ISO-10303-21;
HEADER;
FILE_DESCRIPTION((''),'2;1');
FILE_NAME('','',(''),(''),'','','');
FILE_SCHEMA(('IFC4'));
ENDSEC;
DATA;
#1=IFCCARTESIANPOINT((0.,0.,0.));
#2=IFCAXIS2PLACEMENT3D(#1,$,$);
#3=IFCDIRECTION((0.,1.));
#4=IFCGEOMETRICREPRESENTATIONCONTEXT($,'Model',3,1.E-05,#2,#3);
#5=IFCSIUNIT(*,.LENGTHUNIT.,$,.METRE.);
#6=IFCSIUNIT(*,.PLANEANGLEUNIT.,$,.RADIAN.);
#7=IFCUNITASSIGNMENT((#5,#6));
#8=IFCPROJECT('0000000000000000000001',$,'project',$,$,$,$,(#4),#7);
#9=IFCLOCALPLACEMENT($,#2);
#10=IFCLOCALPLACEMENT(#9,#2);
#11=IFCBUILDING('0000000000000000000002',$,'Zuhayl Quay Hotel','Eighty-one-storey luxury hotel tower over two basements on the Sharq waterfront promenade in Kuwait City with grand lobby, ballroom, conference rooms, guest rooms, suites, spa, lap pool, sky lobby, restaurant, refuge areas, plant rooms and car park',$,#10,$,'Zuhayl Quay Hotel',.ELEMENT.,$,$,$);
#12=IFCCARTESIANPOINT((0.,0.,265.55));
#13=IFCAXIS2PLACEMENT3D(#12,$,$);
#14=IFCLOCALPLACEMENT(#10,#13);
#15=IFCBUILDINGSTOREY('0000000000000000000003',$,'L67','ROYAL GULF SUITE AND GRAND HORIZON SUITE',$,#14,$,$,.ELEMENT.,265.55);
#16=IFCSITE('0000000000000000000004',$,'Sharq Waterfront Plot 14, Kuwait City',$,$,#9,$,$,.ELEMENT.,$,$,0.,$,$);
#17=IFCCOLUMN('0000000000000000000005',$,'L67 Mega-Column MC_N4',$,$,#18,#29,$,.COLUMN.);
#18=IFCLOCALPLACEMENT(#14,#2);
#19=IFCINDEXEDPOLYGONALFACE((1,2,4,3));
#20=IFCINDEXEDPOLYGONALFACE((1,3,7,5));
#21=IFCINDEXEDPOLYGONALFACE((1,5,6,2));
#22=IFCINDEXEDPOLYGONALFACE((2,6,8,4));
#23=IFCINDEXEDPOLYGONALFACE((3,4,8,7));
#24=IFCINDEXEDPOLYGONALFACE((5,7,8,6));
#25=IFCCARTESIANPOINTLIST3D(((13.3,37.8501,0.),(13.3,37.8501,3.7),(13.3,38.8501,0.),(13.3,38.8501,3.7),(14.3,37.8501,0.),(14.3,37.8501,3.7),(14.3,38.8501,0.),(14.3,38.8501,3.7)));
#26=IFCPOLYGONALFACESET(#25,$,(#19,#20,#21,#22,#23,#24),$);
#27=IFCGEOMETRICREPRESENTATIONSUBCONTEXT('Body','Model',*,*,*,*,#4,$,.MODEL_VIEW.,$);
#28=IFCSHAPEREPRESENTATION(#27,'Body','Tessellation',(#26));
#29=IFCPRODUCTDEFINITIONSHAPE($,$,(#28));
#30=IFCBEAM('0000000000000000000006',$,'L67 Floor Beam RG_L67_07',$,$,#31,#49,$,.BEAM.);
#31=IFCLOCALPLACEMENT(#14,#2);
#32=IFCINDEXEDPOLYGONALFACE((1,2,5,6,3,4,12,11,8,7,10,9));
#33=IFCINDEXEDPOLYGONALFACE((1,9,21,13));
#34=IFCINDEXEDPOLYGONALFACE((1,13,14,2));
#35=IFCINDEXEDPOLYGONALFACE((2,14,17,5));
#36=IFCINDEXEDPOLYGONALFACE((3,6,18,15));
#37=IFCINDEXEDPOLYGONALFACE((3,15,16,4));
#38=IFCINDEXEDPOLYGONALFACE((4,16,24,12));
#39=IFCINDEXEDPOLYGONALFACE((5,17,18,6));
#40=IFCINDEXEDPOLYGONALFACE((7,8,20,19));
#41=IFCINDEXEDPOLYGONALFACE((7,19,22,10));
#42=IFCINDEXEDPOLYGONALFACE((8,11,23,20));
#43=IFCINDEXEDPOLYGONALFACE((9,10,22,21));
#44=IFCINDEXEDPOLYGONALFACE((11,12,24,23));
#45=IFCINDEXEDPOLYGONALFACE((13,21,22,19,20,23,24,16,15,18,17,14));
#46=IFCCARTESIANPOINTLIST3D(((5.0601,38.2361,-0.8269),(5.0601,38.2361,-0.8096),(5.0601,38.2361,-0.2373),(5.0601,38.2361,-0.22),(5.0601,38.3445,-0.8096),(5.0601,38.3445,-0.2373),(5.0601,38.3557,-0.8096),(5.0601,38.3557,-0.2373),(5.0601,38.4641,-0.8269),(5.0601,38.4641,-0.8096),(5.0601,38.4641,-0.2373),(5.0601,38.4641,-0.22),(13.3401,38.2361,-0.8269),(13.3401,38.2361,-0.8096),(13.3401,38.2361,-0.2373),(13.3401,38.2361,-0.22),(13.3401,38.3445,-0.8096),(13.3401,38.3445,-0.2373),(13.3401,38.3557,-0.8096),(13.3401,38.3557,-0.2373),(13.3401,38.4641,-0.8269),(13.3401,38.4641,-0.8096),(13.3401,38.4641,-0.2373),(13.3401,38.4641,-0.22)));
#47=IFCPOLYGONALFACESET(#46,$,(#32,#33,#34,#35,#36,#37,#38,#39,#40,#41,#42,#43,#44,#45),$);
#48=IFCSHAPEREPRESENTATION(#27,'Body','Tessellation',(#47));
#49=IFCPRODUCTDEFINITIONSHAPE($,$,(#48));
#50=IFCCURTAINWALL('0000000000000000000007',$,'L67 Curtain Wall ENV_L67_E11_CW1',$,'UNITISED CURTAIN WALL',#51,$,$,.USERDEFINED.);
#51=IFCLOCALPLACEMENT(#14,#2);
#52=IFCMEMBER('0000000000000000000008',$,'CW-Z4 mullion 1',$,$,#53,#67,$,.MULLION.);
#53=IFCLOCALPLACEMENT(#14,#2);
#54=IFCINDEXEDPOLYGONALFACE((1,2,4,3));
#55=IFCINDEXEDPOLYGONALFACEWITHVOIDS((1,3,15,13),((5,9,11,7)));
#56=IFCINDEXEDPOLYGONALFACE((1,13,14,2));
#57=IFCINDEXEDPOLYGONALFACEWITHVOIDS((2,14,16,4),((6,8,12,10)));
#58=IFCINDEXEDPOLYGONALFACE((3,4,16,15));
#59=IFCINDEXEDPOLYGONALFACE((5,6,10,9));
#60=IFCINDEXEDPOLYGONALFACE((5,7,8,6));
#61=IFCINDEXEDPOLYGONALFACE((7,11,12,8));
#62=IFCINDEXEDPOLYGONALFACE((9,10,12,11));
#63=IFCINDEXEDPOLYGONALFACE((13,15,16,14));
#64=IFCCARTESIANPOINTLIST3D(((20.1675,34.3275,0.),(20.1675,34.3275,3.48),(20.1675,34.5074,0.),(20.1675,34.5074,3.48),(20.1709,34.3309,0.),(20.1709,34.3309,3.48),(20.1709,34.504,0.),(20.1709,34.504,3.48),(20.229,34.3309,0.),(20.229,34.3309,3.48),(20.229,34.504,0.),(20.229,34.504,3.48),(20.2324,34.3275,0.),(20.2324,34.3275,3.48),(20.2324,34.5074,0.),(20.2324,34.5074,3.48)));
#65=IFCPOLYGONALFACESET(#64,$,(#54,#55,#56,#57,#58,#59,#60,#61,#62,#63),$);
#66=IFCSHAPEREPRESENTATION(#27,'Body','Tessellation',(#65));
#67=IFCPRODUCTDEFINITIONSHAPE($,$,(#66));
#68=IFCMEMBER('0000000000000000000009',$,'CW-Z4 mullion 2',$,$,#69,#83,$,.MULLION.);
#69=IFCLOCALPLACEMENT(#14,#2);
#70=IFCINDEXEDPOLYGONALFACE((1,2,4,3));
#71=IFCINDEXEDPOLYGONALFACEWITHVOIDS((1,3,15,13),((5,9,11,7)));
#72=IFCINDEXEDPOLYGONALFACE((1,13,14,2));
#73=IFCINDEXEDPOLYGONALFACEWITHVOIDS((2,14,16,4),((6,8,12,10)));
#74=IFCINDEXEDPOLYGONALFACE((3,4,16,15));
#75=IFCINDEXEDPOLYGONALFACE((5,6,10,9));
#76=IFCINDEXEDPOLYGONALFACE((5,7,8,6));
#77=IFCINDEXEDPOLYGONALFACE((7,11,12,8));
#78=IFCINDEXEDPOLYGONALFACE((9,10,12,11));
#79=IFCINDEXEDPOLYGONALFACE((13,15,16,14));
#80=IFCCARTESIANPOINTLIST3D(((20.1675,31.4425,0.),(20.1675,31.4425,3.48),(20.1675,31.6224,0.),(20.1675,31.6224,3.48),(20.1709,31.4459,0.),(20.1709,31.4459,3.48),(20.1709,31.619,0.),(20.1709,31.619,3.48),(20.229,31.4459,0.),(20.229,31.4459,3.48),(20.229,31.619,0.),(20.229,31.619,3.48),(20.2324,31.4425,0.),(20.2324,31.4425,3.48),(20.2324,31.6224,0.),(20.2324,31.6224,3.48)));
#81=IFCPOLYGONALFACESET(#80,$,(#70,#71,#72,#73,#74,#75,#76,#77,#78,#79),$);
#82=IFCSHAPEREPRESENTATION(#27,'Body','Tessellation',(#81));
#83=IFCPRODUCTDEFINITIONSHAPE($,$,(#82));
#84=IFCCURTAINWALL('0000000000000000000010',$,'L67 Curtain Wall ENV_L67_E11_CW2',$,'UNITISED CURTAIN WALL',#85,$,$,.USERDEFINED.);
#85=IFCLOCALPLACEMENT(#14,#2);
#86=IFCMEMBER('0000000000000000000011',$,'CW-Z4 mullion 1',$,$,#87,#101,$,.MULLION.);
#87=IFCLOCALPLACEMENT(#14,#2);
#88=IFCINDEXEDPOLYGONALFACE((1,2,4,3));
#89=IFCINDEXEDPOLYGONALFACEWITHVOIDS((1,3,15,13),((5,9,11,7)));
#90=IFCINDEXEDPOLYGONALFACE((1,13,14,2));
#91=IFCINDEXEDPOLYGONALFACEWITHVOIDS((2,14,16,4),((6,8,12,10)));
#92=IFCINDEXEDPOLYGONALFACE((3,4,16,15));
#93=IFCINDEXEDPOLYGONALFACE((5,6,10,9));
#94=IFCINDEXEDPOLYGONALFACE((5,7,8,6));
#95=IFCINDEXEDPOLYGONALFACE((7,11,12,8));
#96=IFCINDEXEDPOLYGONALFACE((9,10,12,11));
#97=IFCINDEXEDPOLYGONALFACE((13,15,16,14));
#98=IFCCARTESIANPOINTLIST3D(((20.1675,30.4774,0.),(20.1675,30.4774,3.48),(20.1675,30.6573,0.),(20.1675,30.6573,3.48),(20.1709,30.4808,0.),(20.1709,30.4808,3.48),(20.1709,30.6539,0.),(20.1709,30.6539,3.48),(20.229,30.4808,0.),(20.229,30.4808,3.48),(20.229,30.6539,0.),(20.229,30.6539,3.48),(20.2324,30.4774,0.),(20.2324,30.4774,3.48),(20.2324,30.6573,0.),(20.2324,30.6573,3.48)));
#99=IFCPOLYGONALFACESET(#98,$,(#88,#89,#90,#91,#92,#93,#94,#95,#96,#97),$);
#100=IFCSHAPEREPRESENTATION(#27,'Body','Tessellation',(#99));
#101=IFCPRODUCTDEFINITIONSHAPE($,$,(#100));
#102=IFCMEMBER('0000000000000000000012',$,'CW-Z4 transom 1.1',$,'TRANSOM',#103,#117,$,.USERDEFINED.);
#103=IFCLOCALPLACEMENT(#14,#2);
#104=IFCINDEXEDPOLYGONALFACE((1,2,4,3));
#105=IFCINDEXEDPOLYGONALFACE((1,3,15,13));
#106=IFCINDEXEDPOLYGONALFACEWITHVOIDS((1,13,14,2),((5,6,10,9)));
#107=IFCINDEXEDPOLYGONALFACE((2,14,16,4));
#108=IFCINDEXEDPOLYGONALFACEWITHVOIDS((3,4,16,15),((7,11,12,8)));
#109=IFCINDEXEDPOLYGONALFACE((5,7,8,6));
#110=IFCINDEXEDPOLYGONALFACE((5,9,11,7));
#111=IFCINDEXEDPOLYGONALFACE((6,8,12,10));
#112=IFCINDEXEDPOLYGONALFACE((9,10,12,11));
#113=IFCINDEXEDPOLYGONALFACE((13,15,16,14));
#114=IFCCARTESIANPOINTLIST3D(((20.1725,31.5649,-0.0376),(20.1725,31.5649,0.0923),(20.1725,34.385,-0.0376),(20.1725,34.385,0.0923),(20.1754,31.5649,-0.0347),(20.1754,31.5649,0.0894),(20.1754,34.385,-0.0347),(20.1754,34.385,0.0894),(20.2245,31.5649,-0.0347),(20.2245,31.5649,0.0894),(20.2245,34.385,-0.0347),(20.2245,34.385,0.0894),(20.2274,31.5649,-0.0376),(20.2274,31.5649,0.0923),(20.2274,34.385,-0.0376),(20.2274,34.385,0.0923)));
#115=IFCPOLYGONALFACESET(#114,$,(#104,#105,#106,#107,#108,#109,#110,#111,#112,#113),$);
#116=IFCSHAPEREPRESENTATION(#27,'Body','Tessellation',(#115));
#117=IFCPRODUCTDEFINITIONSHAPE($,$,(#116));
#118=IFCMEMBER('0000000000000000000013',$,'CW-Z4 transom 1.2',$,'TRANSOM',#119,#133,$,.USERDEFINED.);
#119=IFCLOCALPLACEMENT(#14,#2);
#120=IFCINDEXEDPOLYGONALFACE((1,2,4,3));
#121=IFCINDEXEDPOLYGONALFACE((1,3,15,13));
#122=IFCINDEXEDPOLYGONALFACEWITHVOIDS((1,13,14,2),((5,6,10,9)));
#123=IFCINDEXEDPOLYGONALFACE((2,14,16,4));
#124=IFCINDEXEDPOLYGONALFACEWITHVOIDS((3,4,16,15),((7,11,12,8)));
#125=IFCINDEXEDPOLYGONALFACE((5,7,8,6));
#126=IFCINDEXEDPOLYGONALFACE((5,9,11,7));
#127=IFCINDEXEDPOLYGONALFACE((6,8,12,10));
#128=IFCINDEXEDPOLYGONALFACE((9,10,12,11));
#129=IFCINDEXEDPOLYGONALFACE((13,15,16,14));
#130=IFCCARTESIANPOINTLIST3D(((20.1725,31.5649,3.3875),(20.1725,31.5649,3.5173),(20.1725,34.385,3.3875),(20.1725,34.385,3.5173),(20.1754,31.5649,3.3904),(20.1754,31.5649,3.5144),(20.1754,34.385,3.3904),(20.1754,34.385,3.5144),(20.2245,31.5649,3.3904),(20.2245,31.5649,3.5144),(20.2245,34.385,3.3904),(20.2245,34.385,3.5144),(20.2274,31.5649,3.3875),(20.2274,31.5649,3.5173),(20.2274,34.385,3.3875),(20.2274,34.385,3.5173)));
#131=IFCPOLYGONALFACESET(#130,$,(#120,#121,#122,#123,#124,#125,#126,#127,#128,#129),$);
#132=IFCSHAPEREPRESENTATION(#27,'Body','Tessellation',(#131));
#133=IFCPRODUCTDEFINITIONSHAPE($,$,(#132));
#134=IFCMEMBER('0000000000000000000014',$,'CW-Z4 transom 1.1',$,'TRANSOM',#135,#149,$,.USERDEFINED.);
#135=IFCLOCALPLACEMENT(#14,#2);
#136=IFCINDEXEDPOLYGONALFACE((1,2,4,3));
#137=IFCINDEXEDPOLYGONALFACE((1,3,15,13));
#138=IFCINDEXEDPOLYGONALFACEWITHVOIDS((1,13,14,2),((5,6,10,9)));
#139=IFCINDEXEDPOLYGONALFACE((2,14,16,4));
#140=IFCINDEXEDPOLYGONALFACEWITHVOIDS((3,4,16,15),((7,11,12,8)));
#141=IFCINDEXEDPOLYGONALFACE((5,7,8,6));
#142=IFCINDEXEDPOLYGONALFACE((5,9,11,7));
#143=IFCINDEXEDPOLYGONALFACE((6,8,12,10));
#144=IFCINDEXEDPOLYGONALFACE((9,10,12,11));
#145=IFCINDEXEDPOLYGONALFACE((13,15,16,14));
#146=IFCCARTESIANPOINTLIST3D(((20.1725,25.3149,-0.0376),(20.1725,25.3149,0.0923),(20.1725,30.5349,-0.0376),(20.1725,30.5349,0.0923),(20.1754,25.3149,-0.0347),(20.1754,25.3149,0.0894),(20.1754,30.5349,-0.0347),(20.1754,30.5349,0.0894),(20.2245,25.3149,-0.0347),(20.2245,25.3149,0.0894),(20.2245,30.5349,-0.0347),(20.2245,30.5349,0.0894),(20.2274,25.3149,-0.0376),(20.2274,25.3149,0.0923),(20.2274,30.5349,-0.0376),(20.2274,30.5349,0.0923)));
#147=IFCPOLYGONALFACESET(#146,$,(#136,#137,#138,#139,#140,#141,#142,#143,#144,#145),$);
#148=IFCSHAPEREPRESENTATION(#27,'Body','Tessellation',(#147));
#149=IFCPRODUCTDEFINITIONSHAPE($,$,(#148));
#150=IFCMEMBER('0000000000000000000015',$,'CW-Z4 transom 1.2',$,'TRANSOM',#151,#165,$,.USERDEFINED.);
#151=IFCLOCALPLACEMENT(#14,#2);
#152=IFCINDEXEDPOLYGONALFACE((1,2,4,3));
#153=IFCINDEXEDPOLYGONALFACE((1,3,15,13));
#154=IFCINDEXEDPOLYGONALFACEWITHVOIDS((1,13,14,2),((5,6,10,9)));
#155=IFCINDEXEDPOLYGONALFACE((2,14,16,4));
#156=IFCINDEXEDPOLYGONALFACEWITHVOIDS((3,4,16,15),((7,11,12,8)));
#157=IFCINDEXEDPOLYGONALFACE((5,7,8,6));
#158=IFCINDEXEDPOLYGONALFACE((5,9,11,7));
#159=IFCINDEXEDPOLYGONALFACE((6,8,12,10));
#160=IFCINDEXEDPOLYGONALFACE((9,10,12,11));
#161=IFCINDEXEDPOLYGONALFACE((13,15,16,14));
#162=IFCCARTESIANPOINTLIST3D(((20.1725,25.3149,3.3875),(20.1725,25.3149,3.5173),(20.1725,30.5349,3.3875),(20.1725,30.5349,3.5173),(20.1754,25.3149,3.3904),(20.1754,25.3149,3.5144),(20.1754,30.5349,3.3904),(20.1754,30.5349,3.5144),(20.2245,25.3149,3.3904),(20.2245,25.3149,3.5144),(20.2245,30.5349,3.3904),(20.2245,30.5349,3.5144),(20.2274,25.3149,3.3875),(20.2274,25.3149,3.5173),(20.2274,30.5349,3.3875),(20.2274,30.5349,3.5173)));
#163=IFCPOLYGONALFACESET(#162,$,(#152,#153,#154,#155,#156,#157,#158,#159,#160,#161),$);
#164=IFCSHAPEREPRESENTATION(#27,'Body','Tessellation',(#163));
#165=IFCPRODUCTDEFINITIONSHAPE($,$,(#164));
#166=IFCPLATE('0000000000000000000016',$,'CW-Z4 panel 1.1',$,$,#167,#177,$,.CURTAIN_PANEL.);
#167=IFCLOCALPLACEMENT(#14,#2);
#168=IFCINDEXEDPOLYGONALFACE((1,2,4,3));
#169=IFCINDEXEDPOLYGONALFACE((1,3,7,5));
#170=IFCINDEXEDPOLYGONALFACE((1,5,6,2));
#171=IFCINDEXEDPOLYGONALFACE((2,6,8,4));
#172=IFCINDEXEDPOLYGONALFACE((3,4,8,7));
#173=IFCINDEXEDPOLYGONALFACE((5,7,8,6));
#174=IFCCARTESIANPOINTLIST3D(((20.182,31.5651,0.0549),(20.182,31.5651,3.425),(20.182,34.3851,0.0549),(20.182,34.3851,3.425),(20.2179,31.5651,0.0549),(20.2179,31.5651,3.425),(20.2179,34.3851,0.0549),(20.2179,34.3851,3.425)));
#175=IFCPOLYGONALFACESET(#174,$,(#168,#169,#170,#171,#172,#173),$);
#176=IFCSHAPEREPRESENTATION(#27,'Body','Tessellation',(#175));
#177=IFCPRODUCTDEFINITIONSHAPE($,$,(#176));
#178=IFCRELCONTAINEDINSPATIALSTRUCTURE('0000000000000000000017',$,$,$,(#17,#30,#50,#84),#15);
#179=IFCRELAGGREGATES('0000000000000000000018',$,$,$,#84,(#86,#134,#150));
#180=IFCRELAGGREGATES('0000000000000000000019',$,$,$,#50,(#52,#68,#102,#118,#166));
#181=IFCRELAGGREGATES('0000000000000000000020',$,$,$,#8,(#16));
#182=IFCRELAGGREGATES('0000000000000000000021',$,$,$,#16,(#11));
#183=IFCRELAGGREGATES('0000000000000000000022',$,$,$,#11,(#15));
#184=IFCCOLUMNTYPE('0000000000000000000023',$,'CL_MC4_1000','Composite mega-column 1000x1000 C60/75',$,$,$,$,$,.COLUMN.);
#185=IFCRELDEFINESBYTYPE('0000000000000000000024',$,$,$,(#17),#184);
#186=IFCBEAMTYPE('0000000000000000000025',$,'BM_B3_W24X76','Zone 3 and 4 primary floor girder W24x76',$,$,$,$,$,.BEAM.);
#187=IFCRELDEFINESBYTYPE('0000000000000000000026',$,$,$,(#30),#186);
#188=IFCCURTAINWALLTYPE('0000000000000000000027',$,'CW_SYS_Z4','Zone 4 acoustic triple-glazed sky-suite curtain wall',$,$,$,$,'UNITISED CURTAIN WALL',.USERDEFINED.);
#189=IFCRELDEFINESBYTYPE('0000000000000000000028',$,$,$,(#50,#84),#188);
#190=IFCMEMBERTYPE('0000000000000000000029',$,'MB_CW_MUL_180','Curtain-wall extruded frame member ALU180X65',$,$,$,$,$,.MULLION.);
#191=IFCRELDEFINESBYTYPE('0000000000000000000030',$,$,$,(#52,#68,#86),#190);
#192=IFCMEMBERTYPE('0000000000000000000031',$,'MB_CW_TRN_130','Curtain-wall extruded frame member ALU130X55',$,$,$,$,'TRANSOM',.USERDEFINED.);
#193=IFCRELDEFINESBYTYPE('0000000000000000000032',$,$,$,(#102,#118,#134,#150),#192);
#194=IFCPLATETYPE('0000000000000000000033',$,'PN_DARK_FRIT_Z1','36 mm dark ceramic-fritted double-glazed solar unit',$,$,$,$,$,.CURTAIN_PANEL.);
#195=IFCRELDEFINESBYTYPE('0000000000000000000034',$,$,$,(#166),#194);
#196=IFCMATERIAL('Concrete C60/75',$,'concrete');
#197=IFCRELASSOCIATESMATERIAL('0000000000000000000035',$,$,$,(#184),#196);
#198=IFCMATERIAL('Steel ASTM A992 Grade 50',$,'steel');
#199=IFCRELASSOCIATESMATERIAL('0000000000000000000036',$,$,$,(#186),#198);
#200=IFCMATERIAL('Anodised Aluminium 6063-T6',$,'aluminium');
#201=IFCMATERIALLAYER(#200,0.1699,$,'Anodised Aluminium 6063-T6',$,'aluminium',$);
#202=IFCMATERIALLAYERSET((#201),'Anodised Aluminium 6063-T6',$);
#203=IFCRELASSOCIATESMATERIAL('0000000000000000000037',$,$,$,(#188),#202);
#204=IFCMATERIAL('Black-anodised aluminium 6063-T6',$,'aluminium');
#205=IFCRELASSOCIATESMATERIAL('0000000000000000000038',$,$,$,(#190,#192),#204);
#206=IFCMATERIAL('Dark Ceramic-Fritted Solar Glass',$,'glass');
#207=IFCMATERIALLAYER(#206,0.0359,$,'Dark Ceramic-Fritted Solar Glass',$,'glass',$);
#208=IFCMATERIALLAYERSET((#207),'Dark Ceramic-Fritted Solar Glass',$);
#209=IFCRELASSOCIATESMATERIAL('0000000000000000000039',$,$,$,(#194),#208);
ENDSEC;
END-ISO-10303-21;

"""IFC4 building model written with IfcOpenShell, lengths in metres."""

from ifc_helpers import new_model, si_unit, direction, frame, origin, origin_2d, place, context, subcontext, project, spatial, rectangle, hollow_rectangle, i_section, extrude, material, layer, layer_set, material_profile, profile_set, type_object, element, aggregate, save


model = new_model("IFC4")

# Units and contexts
model_context = context("Model", 3, precision=1e-05, world=origin(), true_north=direction((0.0, 1.0)))
body_context = subcontext(model_context, "Body", "Model", "MODEL_VIEW")
ifc_project = project(units=[si_unit("LENGTHUNIT", "METRE"), si_unit("PLANEANGLEUNIT", "RADIAN")], contexts=[model_context])

# Site, building, storey
site_placement = place(None, origin())
site = spatial("IfcSite", under=ifc_project, at=site_placement, Name="Sharq Waterfront Plot 14, Kuwait City", CompositionType="ELEMENT", RefElevation=0.0)
building_placement = place(site_placement, origin())
building = spatial("IfcBuilding", under=site, at=building_placement, Name="Zuhayl Quay Hotel", Description="Eighty-one-storey luxury hotel tower over two basements on the Sharq waterfront promenade in Kuwait City with grand lobby, ballroom, conference rooms, guest rooms, suites, spa, lap pool, sky lobby, restaurant, refuge areas, plant rooms and car park", LongName="Zuhayl Quay Hotel", CompositionType="ELEMENT")
storey_placement = place(building_placement, frame((0.0, 0.0, 265.55)))
storey = spatial("IfcBuildingStorey", under=building, at=storey_placement, Name="L67", Description="ROYAL GULF SUITE AND GRAND HORIZON SUITE", CompositionType="ELEMENT", Elevation=265.55)

# Column
ifc_material_1 = material(Name="Concrete C60/75", Category="concrete")
ifc_material_profile_1 = material_profile(ifc_material_1, rectangle(XDim=1.0, YDim=1.0, at=origin_2d()), Name="RC1000X1000")
ifc_profile_set_1 = profile_set([ifc_material_profile_1], Name="Concrete C60/75")
column_type = type_object("IfcColumnType", Name="CL_MC4_1000", Description="Composite mega-column 1000x1000 C60/75", PredefinedType="COLUMN", material=ifc_profile_set_1)
column_placement = place(storey_placement, frame((13.8, 38.3501, 0.0), z_axis=(0.0, 0.0, 1.0), x_axis=(1.0, 0.0, 0.0)))
element("IfcColumn", 1, at=column_placement, inside=storey, type_object=column_type, Name="L67 Mega-Column MC_N4", PredefinedType="COLUMN", context=body_context, shape_type="SweptSolid", body=[
    extrude(rectangle(XDim=1.0, YDim=1.0, at=origin_2d()), origin(), (0.0, 0.0, 1.0), 3.7),
])

# Beam
ifc_material_2 = material(Name="Steel ASTM A992 Grade 50", Category="steel")
ifc_material_profile_2 = material_profile(ifc_material_2, i_section(OverallWidth=0.228, OverallDepth=0.6069, WebThickness=0.0112, FlangeThickness=0.0173, at=origin_2d()), Name="W24X76")
ifc_profile_set_2 = profile_set([ifc_material_profile_2], Name="Steel ASTM A992 Grade 50")
beam_type = type_object("IfcBeamType", Name="BM_B3_W24X76", Description="Zone 3 and 4 primary floor girder W24x76", PredefinedType="BEAM", material=ifc_profile_set_2)
beam_placement = place(storey_placement, frame((13.3401, 38.3501, -0.5234), z_axis=(-1.0, 0.0, 0.0), x_axis=(0.0, -1.0, 0.0)))
element("IfcBeam", 2, at=beam_placement, inside=storey, type_object=beam_type, Name="L67 Floor Beam RG_L67_07", PredefinedType="BEAM", context=body_context, shape_type="SweptSolid", body=[
    extrude(i_section(OverallWidth=0.228, OverallDepth=0.6069, WebThickness=0.0112, FlangeThickness=0.0173, at=origin_2d()), origin(), (0.0, 0.0, 1.0), 8.28),
])

# Curtain wall, members
ifc_material_3 = material(Name="Anodised Aluminium 6063-T6", Category="aluminium")
ifc_layer_1 = layer(ifc_material_3, 0.1699, Name="Anodised Aluminium 6063-T6", Category="aluminium")
ifc_layer_set_1 = layer_set([ifc_layer_1], Name="Anodised Aluminium 6063-T6")
curtain_wall_type = type_object("IfcCurtainWallType", Name="CW_SYS_Z4", Description="Zone 4 acoustic triple-glazed sky-suite curtain wall", ElementType="UNITISED CURTAIN WALL", PredefinedType="USERDEFINED", material=ifc_layer_set_1)
curtain_wall_1_placement = place(storey_placement, origin())
curtain_wall_1 = element("IfcCurtainWall", 3, at=curtain_wall_1_placement, inside=storey, type_object=curtain_wall_type, Name="L67 Curtain Wall ENV_L67_E11_CW1", ObjectType="UNITISED CURTAIN WALL", PredefinedType="USERDEFINED")
ifc_material_4 = material(Name="Black-anodised aluminium 6063-T6", Category="aluminium")
ifc_material_profile_3 = material_profile(ifc_material_4, hollow_rectangle(XDim=0.0649, YDim=0.1799, WallThickness=0.0034, at=origin_2d()), Name="ALU180X65")
ifc_profile_set_3 = profile_set([ifc_material_profile_3], Name="Black-anodised aluminium 6063-T6")
member_type_1 = type_object("IfcMemberType", Name="MB_CW_MUL_180", Description="Curtain-wall extruded frame member ALU180X65", PredefinedType="MULLION", material=ifc_profile_set_3)
member_1_placement = place(storey_placement, frame((20.2, 34.4175, 0.0), z_axis=(0.0, 0.0, 1.0), x_axis=(1.0, 0.0, 0.0)))
member_1 = element("IfcMember", 4, at=member_1_placement, type_object=member_type_1, Name="CW-Z4 mullion 1", PredefinedType="MULLION", context=body_context, shape_type="SweptSolid", body=[
    extrude(hollow_rectangle(XDim=0.0649, YDim=0.1799, WallThickness=0.0034, at=origin_2d()), origin(), (0.0, 0.0, 1.0), 3.48),
])
member_2_placement = place(storey_placement, frame((20.2, 31.5325, 0.0), z_axis=(0.0, 0.0, 1.0), x_axis=(1.0, 0.0, 0.0)))
member_2 = element("IfcMember", 5, at=member_2_placement, type_object=member_type_1, Name="CW-Z4 mullion 2", PredefinedType="MULLION", context=body_context, shape_type="SweptSolid", body=[
    extrude(hollow_rectangle(XDim=0.0649, YDim=0.1799, WallThickness=0.0034, at=origin_2d()), origin(), (0.0, 0.0, 1.0), 3.48),
])

# Curtain wall, member
curtain_wall_2_placement = place(storey_placement, origin())
curtain_wall_2 = element("IfcCurtainWall", 6, at=curtain_wall_2_placement, inside=storey, type_object=curtain_wall_type, Name="L67 Curtain Wall ENV_L67_E11_CW2", ObjectType="UNITISED CURTAIN WALL", PredefinedType="USERDEFINED")
member_3_placement = place(storey_placement, frame((20.2, 30.5674, 0.0), z_axis=(0.0, 0.0, 1.0), x_axis=(1.0, 0.0, 0.0)))
member_3 = element("IfcMember", 7, at=member_3_placement, type_object=member_type_1, Name="CW-Z4 mullion 1", PredefinedType="MULLION", context=body_context, shape_type="SweptSolid", body=[
    extrude(hollow_rectangle(XDim=0.0649, YDim=0.1799, WallThickness=0.0034, at=origin_2d()), origin(), (0.0, 0.0, 1.0), 3.48),
])

# Members
ifc_material_profile_4 = material_profile(ifc_material_4, hollow_rectangle(XDim=0.0549, YDim=0.1299, WallThickness=0.0029, at=origin_2d()), Name="ALU130X55")
ifc_profile_set_4 = profile_set([ifc_material_profile_4], Name="Black-anodised aluminium 6063-T6")
member_type_2 = type_object("IfcMemberType", Name="MB_CW_TRN_130", Description="Curtain-wall extruded frame member ALU130X55", ElementType="TRANSOM", PredefinedType="USERDEFINED", material=ifc_profile_set_4)
member_4_placement = place(storey_placement, frame((20.2, 34.385, 0.0273), z_axis=(0.0, -1.0, 0.0), x_axis=(1.0, 0.0, 0.0)))
member_4 = element("IfcMember", 8, at=member_4_placement, type_object=member_type_2, Name="CW-Z4 transom 1.1", ObjectType="TRANSOM", PredefinedType="USERDEFINED", context=body_context, shape_type="SweptSolid", body=[
    extrude(hollow_rectangle(XDim=0.0549, YDim=0.1299, WallThickness=0.0029, at=origin_2d()), origin(), (0.0, 0.0, 1.0), 2.8201),
])
member_5_placement = place(storey_placement, frame((20.2, 34.385, 3.4524), z_axis=(0.0, -1.0, 0.0), x_axis=(1.0, 0.0, 0.0)))
member_5 = element("IfcMember", 9, at=member_5_placement, type_object=member_type_2, Name="CW-Z4 transom 1.2", ObjectType="TRANSOM", PredefinedType="USERDEFINED", context=body_context, shape_type="SweptSolid", body=[
    extrude(hollow_rectangle(XDim=0.0549, YDim=0.1299, WallThickness=0.0029, at=origin_2d()), origin(), (0.0, 0.0, 1.0), 2.8201),
])
member_6_placement = place(storey_placement, frame((20.2, 30.5349, 0.0273), z_axis=(0.0, -1.0, 0.0), x_axis=(1.0, 0.0, 0.0)))
member_6 = element("IfcMember", 10, at=member_6_placement, type_object=member_type_2, Name="CW-Z4 transom 1.1", ObjectType="TRANSOM", PredefinedType="USERDEFINED", context=body_context, shape_type="SweptSolid", body=[
    extrude(hollow_rectangle(XDim=0.0549, YDim=0.1299, WallThickness=0.0029, at=origin_2d()), origin(), (0.0, 0.0, 1.0), 5.22),
])
member_7_placement = place(storey_placement, frame((20.2, 30.5349, 3.4524), z_axis=(0.0, -1.0, 0.0), x_axis=(1.0, 0.0, 0.0)))
member_7 = element("IfcMember", 11, at=member_7_placement, type_object=member_type_2, Name="CW-Z4 transom 1.2", ObjectType="TRANSOM", PredefinedType="USERDEFINED", context=body_context, shape_type="SweptSolid", body=[
    extrude(hollow_rectangle(XDim=0.0549, YDim=0.1299, WallThickness=0.0029, at=origin_2d()), origin(), (0.0, 0.0, 1.0), 5.22),
])
aggregate(curtain_wall_2, [member_3, member_6, member_7])

# Plate
ifc_material_5 = material(Name="Dark Ceramic-Fritted Solar Glass", Category="glass")
ifc_layer_2 = layer(ifc_material_5, 0.0359, Name="Dark Ceramic-Fritted Solar Glass", Category="glass")
ifc_layer_set_2 = layer_set([ifc_layer_2], Name="Dark Ceramic-Fritted Solar Glass")
plate_type = type_object("IfcPlateType", Name="PN_DARK_FRIT_Z1", Description="36 mm dark ceramic-fritted double-glazed solar unit", PredefinedType="CURTAIN_PANEL", material=ifc_layer_set_2)
plate_placement = place(storey_placement, frame((20.2, 32.9751, 0.0549), z_axis=(0.0, 0.0, 1.0), x_axis=(0.0, -1.0, 0.0)))
plate = element("IfcPlate", 12, at=plate_placement, type_object=plate_type, Name="CW-Z4 panel 1.1", PredefinedType="CURTAIN_PANEL", context=body_context, shape_type="SweptSolid", body=[
    extrude(rectangle(XDim=2.8201, YDim=0.0359, at=origin_2d()), origin(), (0.0, 0.0, 1.0), 3.3701),
])
aggregate(curtain_wall_1, [member_1, member_2, member_4, member_5, plate])

save(model, "model.ifc")
